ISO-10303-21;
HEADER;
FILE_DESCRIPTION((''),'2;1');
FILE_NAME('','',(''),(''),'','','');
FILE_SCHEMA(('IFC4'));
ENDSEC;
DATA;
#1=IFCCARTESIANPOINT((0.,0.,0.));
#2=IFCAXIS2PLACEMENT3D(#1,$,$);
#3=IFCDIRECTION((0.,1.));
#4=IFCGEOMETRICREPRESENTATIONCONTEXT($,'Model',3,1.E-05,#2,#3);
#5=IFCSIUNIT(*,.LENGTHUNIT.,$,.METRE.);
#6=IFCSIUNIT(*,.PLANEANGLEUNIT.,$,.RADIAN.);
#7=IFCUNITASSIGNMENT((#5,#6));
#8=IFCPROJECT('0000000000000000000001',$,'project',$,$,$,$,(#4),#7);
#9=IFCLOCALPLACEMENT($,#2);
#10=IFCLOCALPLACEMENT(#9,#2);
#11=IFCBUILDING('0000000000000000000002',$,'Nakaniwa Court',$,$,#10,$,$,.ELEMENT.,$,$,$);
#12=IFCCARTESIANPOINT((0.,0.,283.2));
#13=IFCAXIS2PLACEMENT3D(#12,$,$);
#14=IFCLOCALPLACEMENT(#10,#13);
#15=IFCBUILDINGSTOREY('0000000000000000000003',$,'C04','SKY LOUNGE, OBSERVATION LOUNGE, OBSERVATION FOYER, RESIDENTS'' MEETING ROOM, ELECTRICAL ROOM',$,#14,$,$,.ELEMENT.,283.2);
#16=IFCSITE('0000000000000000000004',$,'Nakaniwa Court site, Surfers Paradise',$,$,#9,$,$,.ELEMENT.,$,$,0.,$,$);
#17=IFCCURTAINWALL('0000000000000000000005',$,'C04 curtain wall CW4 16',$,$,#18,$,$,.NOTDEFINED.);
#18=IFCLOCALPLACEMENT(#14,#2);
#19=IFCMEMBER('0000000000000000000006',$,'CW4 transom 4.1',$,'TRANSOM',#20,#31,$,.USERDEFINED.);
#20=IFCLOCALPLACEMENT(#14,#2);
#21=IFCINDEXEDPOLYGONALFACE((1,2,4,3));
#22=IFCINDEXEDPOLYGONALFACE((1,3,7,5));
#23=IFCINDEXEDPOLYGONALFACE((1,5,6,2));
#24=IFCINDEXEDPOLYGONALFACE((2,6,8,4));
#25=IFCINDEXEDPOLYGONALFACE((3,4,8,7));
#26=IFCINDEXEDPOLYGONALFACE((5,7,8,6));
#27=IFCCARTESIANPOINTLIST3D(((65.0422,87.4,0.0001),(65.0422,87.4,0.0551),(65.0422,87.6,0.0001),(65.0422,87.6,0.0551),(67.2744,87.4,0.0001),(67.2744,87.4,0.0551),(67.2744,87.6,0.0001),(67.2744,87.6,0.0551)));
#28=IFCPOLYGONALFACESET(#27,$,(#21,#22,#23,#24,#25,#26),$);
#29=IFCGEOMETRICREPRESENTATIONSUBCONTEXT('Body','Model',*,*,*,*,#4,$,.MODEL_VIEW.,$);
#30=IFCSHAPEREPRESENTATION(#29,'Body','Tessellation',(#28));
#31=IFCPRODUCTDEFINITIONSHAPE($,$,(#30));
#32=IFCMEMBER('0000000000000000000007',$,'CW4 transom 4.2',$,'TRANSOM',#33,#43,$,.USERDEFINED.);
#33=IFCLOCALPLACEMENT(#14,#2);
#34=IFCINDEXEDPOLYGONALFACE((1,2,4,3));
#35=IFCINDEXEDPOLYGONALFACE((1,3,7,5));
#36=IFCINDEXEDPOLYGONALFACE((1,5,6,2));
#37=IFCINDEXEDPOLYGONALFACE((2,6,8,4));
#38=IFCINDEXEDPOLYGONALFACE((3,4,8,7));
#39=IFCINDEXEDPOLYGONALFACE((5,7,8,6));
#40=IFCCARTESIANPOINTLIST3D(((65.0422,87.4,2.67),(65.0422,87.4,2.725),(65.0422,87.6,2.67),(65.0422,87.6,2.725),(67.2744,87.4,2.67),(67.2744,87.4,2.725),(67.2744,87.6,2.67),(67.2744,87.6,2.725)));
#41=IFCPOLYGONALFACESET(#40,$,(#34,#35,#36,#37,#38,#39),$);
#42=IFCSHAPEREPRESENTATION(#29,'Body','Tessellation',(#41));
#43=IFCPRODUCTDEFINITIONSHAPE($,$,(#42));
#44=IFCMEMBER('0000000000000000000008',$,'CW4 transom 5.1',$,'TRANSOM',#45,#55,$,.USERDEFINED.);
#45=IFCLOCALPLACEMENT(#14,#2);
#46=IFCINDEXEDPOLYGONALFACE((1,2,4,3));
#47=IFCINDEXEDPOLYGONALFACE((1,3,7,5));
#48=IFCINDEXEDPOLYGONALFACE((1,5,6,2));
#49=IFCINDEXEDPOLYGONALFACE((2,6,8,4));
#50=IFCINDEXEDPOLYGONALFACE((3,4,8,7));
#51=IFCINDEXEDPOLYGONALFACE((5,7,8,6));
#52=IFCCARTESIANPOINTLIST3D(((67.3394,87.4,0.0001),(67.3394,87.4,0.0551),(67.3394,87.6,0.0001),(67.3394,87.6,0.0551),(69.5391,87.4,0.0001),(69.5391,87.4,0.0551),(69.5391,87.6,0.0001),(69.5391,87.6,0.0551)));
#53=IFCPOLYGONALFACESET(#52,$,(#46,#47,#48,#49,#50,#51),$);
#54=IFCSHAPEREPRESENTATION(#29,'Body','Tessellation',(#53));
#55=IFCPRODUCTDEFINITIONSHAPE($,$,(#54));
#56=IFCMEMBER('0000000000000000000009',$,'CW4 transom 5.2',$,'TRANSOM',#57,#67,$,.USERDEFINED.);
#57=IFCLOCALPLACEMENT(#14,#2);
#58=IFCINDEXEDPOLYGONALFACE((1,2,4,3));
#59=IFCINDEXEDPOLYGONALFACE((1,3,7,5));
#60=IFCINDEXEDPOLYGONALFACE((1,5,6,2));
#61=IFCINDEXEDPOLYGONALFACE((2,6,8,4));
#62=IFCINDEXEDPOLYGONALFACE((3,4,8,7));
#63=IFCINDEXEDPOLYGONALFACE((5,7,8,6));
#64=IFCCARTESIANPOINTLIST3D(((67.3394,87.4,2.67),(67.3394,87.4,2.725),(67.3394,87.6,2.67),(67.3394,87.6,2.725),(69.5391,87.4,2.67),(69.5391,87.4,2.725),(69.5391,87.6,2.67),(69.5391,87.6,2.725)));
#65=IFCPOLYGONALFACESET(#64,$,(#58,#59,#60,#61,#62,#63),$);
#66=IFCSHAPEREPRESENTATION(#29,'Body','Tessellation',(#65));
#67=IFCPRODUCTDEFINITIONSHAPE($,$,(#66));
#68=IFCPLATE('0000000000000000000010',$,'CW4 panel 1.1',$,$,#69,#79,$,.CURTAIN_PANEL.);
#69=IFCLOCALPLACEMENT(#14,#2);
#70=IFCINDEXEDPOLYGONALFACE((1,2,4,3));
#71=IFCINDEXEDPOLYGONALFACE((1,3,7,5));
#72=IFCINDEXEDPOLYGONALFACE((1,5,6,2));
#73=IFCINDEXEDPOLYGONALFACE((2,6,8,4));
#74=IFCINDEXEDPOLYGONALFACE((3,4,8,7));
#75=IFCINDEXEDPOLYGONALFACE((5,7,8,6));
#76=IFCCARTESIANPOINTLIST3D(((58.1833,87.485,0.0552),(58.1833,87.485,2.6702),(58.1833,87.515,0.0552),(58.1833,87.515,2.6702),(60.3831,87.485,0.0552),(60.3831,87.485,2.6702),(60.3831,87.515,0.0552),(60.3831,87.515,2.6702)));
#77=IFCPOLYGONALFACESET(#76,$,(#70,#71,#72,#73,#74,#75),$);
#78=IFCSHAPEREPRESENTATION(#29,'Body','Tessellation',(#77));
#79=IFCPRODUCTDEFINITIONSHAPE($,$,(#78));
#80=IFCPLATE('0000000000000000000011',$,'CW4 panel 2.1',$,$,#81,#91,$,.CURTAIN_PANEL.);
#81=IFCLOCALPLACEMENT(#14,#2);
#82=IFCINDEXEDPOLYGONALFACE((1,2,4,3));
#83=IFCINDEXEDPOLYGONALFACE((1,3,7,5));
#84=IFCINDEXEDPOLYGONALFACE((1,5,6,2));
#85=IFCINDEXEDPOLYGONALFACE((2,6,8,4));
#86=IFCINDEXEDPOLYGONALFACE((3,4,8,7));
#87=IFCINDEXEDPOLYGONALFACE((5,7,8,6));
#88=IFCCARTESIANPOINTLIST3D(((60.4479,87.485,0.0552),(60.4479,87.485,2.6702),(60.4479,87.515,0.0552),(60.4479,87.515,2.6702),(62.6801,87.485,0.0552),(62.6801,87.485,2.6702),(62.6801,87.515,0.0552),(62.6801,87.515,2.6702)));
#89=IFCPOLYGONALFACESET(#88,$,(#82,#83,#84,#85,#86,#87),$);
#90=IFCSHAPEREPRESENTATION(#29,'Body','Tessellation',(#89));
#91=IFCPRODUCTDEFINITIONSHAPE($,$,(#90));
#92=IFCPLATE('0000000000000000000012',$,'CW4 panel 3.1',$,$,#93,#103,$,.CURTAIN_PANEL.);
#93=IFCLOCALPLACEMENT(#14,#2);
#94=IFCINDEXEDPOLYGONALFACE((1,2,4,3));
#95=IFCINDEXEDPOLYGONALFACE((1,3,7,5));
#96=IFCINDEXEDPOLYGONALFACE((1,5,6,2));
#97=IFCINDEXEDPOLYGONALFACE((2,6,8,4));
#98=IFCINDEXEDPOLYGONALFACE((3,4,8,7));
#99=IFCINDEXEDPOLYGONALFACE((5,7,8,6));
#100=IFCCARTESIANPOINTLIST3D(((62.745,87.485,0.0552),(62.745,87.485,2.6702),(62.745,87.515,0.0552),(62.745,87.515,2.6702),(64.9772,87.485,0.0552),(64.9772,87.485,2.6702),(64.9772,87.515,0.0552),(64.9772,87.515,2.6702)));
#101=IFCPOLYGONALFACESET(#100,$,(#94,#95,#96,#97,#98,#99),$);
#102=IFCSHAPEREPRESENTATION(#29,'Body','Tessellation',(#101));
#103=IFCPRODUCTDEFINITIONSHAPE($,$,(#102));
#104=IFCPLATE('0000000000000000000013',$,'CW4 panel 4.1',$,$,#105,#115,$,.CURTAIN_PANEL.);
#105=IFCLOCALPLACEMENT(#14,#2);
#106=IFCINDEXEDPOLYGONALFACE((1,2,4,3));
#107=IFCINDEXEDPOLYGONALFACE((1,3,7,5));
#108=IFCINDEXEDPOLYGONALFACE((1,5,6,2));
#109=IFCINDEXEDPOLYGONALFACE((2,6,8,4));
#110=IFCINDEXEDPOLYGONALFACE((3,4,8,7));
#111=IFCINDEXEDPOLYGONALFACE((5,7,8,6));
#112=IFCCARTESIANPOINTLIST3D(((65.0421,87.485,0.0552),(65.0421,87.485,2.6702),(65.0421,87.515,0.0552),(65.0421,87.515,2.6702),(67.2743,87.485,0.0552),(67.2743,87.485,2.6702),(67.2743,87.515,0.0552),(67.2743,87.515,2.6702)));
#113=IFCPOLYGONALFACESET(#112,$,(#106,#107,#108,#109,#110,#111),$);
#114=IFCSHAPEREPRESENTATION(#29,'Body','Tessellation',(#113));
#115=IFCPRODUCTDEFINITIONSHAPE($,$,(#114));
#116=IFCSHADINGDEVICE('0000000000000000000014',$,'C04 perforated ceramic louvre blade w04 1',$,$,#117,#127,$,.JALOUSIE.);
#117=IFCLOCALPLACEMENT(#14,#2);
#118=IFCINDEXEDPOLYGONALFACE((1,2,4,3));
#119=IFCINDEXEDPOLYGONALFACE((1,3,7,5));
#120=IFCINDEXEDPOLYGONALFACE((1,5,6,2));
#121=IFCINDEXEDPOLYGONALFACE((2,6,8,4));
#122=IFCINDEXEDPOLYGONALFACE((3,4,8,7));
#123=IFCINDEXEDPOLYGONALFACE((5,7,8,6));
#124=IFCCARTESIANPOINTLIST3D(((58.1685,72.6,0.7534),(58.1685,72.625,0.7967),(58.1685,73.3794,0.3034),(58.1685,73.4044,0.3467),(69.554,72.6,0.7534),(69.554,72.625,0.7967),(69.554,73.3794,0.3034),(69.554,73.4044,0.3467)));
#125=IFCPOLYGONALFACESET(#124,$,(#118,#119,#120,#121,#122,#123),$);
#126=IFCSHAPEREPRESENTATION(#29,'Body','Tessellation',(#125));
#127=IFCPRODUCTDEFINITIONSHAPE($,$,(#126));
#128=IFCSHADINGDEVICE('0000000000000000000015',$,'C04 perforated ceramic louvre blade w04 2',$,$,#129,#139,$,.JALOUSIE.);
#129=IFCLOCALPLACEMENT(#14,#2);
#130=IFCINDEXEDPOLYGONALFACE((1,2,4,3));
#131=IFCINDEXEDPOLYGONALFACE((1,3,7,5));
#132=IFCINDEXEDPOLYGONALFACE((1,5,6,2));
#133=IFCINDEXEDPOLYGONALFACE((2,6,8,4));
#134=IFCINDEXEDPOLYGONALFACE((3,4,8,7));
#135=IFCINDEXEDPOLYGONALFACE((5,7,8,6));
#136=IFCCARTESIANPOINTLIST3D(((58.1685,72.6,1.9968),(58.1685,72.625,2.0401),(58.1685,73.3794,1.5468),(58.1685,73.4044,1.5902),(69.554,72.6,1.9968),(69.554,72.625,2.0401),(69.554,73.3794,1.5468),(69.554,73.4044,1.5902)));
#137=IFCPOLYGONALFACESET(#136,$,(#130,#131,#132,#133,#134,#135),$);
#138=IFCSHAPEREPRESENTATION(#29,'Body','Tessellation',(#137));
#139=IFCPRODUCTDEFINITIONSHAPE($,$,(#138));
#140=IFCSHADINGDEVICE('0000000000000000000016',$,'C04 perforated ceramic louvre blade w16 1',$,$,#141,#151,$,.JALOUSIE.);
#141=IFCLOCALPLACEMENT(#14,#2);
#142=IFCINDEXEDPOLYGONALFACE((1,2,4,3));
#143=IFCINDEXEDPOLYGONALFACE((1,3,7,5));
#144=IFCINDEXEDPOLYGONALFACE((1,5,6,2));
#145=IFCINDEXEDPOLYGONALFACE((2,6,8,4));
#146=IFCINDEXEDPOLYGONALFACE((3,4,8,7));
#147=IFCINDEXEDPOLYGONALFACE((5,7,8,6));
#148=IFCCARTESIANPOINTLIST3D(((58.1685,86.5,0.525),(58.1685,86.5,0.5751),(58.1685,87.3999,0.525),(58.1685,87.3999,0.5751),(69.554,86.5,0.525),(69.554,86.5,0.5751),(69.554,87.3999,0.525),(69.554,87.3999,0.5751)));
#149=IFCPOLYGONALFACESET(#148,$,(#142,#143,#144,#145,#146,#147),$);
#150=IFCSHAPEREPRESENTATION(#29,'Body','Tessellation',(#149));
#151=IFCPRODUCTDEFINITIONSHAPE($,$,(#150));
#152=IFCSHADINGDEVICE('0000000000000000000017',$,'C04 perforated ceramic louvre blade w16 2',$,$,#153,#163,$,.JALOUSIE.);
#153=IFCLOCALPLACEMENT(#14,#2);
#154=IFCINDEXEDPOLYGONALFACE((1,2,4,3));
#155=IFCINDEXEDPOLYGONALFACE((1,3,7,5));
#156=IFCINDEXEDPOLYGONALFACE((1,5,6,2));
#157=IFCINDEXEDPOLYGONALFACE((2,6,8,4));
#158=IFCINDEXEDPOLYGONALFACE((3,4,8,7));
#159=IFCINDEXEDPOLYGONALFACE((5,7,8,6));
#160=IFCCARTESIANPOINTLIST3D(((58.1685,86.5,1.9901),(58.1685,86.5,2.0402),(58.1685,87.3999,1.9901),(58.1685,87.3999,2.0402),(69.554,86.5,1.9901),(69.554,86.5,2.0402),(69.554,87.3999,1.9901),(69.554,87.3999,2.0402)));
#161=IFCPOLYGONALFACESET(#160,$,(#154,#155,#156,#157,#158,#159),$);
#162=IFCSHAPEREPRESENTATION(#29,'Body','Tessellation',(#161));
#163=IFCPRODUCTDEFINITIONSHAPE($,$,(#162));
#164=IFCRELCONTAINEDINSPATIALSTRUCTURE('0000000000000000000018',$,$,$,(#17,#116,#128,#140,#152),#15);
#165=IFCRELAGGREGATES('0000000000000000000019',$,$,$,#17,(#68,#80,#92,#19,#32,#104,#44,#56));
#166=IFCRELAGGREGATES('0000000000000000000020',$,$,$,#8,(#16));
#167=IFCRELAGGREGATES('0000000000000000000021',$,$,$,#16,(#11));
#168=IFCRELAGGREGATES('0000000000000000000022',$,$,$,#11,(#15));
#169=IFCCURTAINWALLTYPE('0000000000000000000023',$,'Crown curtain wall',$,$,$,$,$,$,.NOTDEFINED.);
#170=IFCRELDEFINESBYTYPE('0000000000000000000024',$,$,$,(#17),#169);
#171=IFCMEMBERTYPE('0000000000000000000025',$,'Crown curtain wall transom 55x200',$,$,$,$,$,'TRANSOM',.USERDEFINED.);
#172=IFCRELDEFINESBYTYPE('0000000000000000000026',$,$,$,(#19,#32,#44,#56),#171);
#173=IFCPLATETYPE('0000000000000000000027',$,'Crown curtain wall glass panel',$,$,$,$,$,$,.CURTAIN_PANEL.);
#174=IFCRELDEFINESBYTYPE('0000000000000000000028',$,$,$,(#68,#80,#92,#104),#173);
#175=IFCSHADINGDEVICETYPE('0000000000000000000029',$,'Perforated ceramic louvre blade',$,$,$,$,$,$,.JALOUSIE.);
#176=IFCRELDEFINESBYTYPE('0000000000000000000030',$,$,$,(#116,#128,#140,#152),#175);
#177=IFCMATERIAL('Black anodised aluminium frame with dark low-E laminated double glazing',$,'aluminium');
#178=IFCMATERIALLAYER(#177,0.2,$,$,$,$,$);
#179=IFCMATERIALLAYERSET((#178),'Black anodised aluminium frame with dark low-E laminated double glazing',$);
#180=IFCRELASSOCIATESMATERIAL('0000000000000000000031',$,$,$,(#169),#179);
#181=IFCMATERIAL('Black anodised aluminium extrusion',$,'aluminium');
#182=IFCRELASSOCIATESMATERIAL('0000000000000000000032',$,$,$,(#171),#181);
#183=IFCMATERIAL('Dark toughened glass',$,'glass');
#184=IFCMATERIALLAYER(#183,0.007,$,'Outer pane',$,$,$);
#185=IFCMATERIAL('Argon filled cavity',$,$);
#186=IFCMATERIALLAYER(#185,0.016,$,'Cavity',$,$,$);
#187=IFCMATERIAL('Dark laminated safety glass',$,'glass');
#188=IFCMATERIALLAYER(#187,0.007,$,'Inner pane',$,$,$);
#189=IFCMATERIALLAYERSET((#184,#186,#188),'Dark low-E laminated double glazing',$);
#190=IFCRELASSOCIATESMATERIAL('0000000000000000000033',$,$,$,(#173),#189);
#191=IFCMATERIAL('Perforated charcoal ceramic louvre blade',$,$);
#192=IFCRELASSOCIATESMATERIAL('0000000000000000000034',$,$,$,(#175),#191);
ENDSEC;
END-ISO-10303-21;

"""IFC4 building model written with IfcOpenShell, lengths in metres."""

from ifc_helpers import new_model, si_unit, direction, frame, origin, origin_2d, place, context, subcontext, project, spatial, rectangle, extrude, material, layer, layer_set, material_profile, profile_set, type_object, element, aggregate, save


model = new_model("IFC4")

# Units and contexts
model_context = context("Model", 3, precision=1e-05, world=origin(), true_north=direction((0.0, 1.0)))
body_context = subcontext(model_context, "Body", "Model", "MODEL_VIEW")
ifc_project = project(units=[si_unit("LENGTHUNIT", "METRE"), si_unit("PLANEANGLEUNIT", "RADIAN")], contexts=[model_context])

# Site, building, storey
site_placement = place(None, origin())
site = spatial("IfcSite", under=ifc_project, at=site_placement, Name="Nakaniwa Court site, Surfers Paradise", CompositionType="ELEMENT", RefElevation=0.0)
building_placement = place(site_placement, origin())
building = spatial("IfcBuilding", under=site, at=building_placement, Name="Nakaniwa Court", CompositionType="ELEMENT")
storey_placement = place(building_placement, frame((0.0, 0.0, 283.2)))
storey = spatial("IfcBuildingStorey", under=building, at=storey_placement, Name="C04", Description="SKY LOUNGE, OBSERVATION LOUNGE, OBSERVATION FOYER, RESIDENTS' MEETING ROOM, ELECTRICAL ROOM", CompositionType="ELEMENT", Elevation=283.2)

# Shared definitions
ifc_material_1 = material(Name="Black anodised aluminium frame with dark low-E laminated double glazing", Category="aluminium")
ifc_layer_1 = layer(ifc_material_1, 0.2)
ifc_layer_set_1 = layer_set([ifc_layer_1], Name="Black anodised aluminium frame with dark low-E laminated double glazing")
curtain_wall_type = type_object("IfcCurtainWallType", Name="Crown curtain wall", PredefinedType="NOTDEFINED", material=ifc_layer_set_1)
ifc_material_2 = material(Name="Black anodised aluminium extrusion", Category="aluminium")

# Curtain wall
curtain_wall_1_placement = place(storey_placement, origin())
curtain_wall_1 = element("IfcCurtainWall", 1, at=curtain_wall_1_placement, inside=storey, type_object=curtain_wall_type, Name="C04 curtain wall CW4 16", PredefinedType="NOTDEFINED")

# Members
ifc_material_profile_1 = material_profile(ifc_material_2, rectangle(XDim=0.2, YDim=0.0549, at=origin_2d()), Name="Crown curtain wall transom 55x200")
ifc_profile_set_1 = profile_set([ifc_material_profile_1], Name="Black anodised aluminium extrusion")
member_type_1 = type_object("IfcMemberType", Name="Crown curtain wall transom 55x200", ElementType="TRANSOM", PredefinedType="USERDEFINED", material=ifc_profile_set_1)
member_1_placement = place(storey_placement, frame((65.0422, 87.5, 0.0276), z_axis=(1.0, 0.0, 0.0), x_axis=(0.0, 1.0, 0.0)))
member_1 = element("IfcMember", 2, at=member_1_placement, type_object=member_type_1, Name="CW4 transom 4.1", ObjectType="TRANSOM", PredefinedType="USERDEFINED", context=body_context, shape_type="SweptSolid", body=[
    extrude(rectangle(XDim=0.2, YDim=0.0549, at=origin_2d()), origin(), (0.0, 0.0, 1.0), 2.2322),
])
member_2_placement = place(storey_placement, frame((65.0422, 87.5, 2.6975), z_axis=(1.0, 0.0, 0.0), x_axis=(0.0, 1.0, 0.0)))
member_2 = element("IfcMember", 3, at=member_2_placement, type_object=member_type_1, Name="CW4 transom 4.2", ObjectType="TRANSOM", PredefinedType="USERDEFINED", context=body_context, shape_type="SweptSolid", body=[
    extrude(rectangle(XDim=0.2, YDim=0.0549, at=origin_2d()), origin(), (0.0, 0.0, 1.0), 2.2322),
])
member_3_placement = place(storey_placement, frame((67.3394, 87.5, 0.0276), z_axis=(1.0, 0.0, 0.0), x_axis=(0.0, 1.0, 0.0)))
member_3 = element("IfcMember", 4, at=member_3_placement, type_object=member_type_1, Name="CW4 transom 5.1", ObjectType="TRANSOM", PredefinedType="USERDEFINED", context=body_context, shape_type="SweptSolid", body=[
    extrude(rectangle(XDim=0.2, YDim=0.0549, at=origin_2d()), origin(), (0.0, 0.0, 1.0), 2.1997),
])
member_4_placement = place(storey_placement, frame((67.3394, 87.5, 2.6975), z_axis=(1.0, 0.0, 0.0), x_axis=(0.0, 1.0, 0.0)))
member_4 = element("IfcMember", 5, at=member_4_placement, type_object=member_type_1, Name="CW4 transom 5.2", ObjectType="TRANSOM", PredefinedType="USERDEFINED", context=body_context, shape_type="SweptSolid", body=[
    extrude(rectangle(XDim=0.2, YDim=0.0549, at=origin_2d()), origin(), (0.0, 0.0, 1.0), 2.1997),
])

# Plates
ifc_material_3 = material(Name="Dark toughened glass", Category="glass")
ifc_layer_2 = layer(ifc_material_3, 0.007, Name="Outer pane")
ifc_material_4 = material(Name="Argon filled cavity")
ifc_layer_3 = layer(ifc_material_4, 0.016, Name="Cavity")
ifc_material_5 = material(Name="Dark laminated safety glass", Category="glass")
ifc_layer_4 = layer(ifc_material_5, 0.007, Name="Inner pane")
ifc_layer_set_2 = layer_set([ifc_layer_2, ifc_layer_3, ifc_layer_4], Name="Dark low-E laminated double glazing")
plate_type = type_object("IfcPlateType", Name="Crown curtain wall glass panel", PredefinedType="CURTAIN_PANEL", material=ifc_layer_set_2)
plate_1_placement = place(storey_placement, frame((59.2832, 87.5, 0.0552), z_axis=(0.0, 0.0, 1.0), x_axis=(1.0, 0.0, 0.0)))
plate_1 = element("IfcPlate", 6, at=plate_1_placement, type_object=plate_type, Name="CW4 panel 1.1", PredefinedType="CURTAIN_PANEL", context=body_context, shape_type="SweptSolid", body=[
    extrude(rectangle(XDim=2.1997, YDim=0.03, at=origin_2d()), origin(), (0.0, 0.0, 1.0), 2.615),
])
plate_2_placement = place(storey_placement, frame((61.564, 87.5, 0.0552), z_axis=(0.0, 0.0, 1.0), x_axis=(1.0, 0.0, 0.0)))
plate_2 = element("IfcPlate", 7, at=plate_2_placement, type_object=plate_type, Name="CW4 panel 2.1", PredefinedType="CURTAIN_PANEL", context=body_context, shape_type="SweptSolid", body=[
    extrude(rectangle(XDim=2.2322, YDim=0.03, at=origin_2d()), origin(), (0.0, 0.0, 1.0), 2.615),
])
plate_3_placement = place(storey_placement, frame((63.8611, 87.5, 0.0552), z_axis=(0.0, 0.0, 1.0), x_axis=(1.0, 0.0, 0.0)))
plate_3 = element("IfcPlate", 8, at=plate_3_placement, type_object=plate_type, Name="CW4 panel 3.1", PredefinedType="CURTAIN_PANEL", context=body_context, shape_type="SweptSolid", body=[
    extrude(rectangle(XDim=2.2322, YDim=0.03, at=origin_2d()), origin(), (0.0, 0.0, 1.0), 2.615),
])
plate_4_placement = place(storey_placement, frame((66.1582, 87.5, 0.0552), z_axis=(0.0, 0.0, 1.0), x_axis=(1.0, 0.0, 0.0)))
plate_4 = element("IfcPlate", 9, at=plate_4_placement, type_object=plate_type, Name="CW4 panel 4.1", PredefinedType="CURTAIN_PANEL", context=body_context, shape_type="SweptSolid", body=[
    extrude(rectangle(XDim=2.2322, YDim=0.03, at=origin_2d()), origin(), (0.0, 0.0, 1.0), 2.615),
])
aggregate(curtain_wall_1, [plate_1, plate_2, plate_3, member_1, member_2, plate_4, member_3, member_4])

# Shading devices
ifc_material_6 = material(Name="Perforated charcoal ceramic louvre blade")
ifc_material_profile_2 = material_profile(ifc_material_6, rectangle(XDim=0.8999, YDim=0.05, at=origin_2d()), Name="Perforated ceramic louvre blade")
ifc_profile_set_2 = profile_set([ifc_material_profile_2], Name="Perforated charcoal ceramic louvre blade")
shading_device_type = type_object("IfcShadingDeviceType", Name="Perforated ceramic louvre blade", PredefinedType="JALOUSIE", material=ifc_profile_set_2)
for number, where, z_axis, x_axis, name in (
    (10, (69.554, 73.0022, 0.55), (-1.0, 0.0, 0.0), (0.0, -0.866025, 0.5), "C04 perforated ceramic louvre blade w04 1"),
    (11, (69.554, 73.0022, 1.7935), (-1.0, 0.0, 0.0), (0.0, -0.866025, 0.5), "C04 perforated ceramic louvre blade w04 2"),
    (12, (58.1685, 86.95, 0.55), (1.0, 0.0, 0.0), (0.0, 1.0, 0.0), "C04 perforated ceramic louvre blade w16 1"),
    (13, (58.1685, 86.95, 2.0151), (1.0, 0.0, 0.0), (0.0, 1.0, 0.0), "C04 perforated ceramic louvre blade w16 2"),
):
    element("IfcShadingDevice", number, at=place(storey_placement, frame(where, z_axis=z_axis, x_axis=x_axis)), inside=storey, type_object=shading_device_type, Name=name, PredefinedType="JALOUSIE", context=body_context, shape_type="SweptSolid", body=[
        extrude(rectangle(XDim=0.8999, YDim=0.05, at=origin_2d()), origin(), (0.0, 0.0, 1.0), 11.3855),
    ])

save(model, "model.ifc")
